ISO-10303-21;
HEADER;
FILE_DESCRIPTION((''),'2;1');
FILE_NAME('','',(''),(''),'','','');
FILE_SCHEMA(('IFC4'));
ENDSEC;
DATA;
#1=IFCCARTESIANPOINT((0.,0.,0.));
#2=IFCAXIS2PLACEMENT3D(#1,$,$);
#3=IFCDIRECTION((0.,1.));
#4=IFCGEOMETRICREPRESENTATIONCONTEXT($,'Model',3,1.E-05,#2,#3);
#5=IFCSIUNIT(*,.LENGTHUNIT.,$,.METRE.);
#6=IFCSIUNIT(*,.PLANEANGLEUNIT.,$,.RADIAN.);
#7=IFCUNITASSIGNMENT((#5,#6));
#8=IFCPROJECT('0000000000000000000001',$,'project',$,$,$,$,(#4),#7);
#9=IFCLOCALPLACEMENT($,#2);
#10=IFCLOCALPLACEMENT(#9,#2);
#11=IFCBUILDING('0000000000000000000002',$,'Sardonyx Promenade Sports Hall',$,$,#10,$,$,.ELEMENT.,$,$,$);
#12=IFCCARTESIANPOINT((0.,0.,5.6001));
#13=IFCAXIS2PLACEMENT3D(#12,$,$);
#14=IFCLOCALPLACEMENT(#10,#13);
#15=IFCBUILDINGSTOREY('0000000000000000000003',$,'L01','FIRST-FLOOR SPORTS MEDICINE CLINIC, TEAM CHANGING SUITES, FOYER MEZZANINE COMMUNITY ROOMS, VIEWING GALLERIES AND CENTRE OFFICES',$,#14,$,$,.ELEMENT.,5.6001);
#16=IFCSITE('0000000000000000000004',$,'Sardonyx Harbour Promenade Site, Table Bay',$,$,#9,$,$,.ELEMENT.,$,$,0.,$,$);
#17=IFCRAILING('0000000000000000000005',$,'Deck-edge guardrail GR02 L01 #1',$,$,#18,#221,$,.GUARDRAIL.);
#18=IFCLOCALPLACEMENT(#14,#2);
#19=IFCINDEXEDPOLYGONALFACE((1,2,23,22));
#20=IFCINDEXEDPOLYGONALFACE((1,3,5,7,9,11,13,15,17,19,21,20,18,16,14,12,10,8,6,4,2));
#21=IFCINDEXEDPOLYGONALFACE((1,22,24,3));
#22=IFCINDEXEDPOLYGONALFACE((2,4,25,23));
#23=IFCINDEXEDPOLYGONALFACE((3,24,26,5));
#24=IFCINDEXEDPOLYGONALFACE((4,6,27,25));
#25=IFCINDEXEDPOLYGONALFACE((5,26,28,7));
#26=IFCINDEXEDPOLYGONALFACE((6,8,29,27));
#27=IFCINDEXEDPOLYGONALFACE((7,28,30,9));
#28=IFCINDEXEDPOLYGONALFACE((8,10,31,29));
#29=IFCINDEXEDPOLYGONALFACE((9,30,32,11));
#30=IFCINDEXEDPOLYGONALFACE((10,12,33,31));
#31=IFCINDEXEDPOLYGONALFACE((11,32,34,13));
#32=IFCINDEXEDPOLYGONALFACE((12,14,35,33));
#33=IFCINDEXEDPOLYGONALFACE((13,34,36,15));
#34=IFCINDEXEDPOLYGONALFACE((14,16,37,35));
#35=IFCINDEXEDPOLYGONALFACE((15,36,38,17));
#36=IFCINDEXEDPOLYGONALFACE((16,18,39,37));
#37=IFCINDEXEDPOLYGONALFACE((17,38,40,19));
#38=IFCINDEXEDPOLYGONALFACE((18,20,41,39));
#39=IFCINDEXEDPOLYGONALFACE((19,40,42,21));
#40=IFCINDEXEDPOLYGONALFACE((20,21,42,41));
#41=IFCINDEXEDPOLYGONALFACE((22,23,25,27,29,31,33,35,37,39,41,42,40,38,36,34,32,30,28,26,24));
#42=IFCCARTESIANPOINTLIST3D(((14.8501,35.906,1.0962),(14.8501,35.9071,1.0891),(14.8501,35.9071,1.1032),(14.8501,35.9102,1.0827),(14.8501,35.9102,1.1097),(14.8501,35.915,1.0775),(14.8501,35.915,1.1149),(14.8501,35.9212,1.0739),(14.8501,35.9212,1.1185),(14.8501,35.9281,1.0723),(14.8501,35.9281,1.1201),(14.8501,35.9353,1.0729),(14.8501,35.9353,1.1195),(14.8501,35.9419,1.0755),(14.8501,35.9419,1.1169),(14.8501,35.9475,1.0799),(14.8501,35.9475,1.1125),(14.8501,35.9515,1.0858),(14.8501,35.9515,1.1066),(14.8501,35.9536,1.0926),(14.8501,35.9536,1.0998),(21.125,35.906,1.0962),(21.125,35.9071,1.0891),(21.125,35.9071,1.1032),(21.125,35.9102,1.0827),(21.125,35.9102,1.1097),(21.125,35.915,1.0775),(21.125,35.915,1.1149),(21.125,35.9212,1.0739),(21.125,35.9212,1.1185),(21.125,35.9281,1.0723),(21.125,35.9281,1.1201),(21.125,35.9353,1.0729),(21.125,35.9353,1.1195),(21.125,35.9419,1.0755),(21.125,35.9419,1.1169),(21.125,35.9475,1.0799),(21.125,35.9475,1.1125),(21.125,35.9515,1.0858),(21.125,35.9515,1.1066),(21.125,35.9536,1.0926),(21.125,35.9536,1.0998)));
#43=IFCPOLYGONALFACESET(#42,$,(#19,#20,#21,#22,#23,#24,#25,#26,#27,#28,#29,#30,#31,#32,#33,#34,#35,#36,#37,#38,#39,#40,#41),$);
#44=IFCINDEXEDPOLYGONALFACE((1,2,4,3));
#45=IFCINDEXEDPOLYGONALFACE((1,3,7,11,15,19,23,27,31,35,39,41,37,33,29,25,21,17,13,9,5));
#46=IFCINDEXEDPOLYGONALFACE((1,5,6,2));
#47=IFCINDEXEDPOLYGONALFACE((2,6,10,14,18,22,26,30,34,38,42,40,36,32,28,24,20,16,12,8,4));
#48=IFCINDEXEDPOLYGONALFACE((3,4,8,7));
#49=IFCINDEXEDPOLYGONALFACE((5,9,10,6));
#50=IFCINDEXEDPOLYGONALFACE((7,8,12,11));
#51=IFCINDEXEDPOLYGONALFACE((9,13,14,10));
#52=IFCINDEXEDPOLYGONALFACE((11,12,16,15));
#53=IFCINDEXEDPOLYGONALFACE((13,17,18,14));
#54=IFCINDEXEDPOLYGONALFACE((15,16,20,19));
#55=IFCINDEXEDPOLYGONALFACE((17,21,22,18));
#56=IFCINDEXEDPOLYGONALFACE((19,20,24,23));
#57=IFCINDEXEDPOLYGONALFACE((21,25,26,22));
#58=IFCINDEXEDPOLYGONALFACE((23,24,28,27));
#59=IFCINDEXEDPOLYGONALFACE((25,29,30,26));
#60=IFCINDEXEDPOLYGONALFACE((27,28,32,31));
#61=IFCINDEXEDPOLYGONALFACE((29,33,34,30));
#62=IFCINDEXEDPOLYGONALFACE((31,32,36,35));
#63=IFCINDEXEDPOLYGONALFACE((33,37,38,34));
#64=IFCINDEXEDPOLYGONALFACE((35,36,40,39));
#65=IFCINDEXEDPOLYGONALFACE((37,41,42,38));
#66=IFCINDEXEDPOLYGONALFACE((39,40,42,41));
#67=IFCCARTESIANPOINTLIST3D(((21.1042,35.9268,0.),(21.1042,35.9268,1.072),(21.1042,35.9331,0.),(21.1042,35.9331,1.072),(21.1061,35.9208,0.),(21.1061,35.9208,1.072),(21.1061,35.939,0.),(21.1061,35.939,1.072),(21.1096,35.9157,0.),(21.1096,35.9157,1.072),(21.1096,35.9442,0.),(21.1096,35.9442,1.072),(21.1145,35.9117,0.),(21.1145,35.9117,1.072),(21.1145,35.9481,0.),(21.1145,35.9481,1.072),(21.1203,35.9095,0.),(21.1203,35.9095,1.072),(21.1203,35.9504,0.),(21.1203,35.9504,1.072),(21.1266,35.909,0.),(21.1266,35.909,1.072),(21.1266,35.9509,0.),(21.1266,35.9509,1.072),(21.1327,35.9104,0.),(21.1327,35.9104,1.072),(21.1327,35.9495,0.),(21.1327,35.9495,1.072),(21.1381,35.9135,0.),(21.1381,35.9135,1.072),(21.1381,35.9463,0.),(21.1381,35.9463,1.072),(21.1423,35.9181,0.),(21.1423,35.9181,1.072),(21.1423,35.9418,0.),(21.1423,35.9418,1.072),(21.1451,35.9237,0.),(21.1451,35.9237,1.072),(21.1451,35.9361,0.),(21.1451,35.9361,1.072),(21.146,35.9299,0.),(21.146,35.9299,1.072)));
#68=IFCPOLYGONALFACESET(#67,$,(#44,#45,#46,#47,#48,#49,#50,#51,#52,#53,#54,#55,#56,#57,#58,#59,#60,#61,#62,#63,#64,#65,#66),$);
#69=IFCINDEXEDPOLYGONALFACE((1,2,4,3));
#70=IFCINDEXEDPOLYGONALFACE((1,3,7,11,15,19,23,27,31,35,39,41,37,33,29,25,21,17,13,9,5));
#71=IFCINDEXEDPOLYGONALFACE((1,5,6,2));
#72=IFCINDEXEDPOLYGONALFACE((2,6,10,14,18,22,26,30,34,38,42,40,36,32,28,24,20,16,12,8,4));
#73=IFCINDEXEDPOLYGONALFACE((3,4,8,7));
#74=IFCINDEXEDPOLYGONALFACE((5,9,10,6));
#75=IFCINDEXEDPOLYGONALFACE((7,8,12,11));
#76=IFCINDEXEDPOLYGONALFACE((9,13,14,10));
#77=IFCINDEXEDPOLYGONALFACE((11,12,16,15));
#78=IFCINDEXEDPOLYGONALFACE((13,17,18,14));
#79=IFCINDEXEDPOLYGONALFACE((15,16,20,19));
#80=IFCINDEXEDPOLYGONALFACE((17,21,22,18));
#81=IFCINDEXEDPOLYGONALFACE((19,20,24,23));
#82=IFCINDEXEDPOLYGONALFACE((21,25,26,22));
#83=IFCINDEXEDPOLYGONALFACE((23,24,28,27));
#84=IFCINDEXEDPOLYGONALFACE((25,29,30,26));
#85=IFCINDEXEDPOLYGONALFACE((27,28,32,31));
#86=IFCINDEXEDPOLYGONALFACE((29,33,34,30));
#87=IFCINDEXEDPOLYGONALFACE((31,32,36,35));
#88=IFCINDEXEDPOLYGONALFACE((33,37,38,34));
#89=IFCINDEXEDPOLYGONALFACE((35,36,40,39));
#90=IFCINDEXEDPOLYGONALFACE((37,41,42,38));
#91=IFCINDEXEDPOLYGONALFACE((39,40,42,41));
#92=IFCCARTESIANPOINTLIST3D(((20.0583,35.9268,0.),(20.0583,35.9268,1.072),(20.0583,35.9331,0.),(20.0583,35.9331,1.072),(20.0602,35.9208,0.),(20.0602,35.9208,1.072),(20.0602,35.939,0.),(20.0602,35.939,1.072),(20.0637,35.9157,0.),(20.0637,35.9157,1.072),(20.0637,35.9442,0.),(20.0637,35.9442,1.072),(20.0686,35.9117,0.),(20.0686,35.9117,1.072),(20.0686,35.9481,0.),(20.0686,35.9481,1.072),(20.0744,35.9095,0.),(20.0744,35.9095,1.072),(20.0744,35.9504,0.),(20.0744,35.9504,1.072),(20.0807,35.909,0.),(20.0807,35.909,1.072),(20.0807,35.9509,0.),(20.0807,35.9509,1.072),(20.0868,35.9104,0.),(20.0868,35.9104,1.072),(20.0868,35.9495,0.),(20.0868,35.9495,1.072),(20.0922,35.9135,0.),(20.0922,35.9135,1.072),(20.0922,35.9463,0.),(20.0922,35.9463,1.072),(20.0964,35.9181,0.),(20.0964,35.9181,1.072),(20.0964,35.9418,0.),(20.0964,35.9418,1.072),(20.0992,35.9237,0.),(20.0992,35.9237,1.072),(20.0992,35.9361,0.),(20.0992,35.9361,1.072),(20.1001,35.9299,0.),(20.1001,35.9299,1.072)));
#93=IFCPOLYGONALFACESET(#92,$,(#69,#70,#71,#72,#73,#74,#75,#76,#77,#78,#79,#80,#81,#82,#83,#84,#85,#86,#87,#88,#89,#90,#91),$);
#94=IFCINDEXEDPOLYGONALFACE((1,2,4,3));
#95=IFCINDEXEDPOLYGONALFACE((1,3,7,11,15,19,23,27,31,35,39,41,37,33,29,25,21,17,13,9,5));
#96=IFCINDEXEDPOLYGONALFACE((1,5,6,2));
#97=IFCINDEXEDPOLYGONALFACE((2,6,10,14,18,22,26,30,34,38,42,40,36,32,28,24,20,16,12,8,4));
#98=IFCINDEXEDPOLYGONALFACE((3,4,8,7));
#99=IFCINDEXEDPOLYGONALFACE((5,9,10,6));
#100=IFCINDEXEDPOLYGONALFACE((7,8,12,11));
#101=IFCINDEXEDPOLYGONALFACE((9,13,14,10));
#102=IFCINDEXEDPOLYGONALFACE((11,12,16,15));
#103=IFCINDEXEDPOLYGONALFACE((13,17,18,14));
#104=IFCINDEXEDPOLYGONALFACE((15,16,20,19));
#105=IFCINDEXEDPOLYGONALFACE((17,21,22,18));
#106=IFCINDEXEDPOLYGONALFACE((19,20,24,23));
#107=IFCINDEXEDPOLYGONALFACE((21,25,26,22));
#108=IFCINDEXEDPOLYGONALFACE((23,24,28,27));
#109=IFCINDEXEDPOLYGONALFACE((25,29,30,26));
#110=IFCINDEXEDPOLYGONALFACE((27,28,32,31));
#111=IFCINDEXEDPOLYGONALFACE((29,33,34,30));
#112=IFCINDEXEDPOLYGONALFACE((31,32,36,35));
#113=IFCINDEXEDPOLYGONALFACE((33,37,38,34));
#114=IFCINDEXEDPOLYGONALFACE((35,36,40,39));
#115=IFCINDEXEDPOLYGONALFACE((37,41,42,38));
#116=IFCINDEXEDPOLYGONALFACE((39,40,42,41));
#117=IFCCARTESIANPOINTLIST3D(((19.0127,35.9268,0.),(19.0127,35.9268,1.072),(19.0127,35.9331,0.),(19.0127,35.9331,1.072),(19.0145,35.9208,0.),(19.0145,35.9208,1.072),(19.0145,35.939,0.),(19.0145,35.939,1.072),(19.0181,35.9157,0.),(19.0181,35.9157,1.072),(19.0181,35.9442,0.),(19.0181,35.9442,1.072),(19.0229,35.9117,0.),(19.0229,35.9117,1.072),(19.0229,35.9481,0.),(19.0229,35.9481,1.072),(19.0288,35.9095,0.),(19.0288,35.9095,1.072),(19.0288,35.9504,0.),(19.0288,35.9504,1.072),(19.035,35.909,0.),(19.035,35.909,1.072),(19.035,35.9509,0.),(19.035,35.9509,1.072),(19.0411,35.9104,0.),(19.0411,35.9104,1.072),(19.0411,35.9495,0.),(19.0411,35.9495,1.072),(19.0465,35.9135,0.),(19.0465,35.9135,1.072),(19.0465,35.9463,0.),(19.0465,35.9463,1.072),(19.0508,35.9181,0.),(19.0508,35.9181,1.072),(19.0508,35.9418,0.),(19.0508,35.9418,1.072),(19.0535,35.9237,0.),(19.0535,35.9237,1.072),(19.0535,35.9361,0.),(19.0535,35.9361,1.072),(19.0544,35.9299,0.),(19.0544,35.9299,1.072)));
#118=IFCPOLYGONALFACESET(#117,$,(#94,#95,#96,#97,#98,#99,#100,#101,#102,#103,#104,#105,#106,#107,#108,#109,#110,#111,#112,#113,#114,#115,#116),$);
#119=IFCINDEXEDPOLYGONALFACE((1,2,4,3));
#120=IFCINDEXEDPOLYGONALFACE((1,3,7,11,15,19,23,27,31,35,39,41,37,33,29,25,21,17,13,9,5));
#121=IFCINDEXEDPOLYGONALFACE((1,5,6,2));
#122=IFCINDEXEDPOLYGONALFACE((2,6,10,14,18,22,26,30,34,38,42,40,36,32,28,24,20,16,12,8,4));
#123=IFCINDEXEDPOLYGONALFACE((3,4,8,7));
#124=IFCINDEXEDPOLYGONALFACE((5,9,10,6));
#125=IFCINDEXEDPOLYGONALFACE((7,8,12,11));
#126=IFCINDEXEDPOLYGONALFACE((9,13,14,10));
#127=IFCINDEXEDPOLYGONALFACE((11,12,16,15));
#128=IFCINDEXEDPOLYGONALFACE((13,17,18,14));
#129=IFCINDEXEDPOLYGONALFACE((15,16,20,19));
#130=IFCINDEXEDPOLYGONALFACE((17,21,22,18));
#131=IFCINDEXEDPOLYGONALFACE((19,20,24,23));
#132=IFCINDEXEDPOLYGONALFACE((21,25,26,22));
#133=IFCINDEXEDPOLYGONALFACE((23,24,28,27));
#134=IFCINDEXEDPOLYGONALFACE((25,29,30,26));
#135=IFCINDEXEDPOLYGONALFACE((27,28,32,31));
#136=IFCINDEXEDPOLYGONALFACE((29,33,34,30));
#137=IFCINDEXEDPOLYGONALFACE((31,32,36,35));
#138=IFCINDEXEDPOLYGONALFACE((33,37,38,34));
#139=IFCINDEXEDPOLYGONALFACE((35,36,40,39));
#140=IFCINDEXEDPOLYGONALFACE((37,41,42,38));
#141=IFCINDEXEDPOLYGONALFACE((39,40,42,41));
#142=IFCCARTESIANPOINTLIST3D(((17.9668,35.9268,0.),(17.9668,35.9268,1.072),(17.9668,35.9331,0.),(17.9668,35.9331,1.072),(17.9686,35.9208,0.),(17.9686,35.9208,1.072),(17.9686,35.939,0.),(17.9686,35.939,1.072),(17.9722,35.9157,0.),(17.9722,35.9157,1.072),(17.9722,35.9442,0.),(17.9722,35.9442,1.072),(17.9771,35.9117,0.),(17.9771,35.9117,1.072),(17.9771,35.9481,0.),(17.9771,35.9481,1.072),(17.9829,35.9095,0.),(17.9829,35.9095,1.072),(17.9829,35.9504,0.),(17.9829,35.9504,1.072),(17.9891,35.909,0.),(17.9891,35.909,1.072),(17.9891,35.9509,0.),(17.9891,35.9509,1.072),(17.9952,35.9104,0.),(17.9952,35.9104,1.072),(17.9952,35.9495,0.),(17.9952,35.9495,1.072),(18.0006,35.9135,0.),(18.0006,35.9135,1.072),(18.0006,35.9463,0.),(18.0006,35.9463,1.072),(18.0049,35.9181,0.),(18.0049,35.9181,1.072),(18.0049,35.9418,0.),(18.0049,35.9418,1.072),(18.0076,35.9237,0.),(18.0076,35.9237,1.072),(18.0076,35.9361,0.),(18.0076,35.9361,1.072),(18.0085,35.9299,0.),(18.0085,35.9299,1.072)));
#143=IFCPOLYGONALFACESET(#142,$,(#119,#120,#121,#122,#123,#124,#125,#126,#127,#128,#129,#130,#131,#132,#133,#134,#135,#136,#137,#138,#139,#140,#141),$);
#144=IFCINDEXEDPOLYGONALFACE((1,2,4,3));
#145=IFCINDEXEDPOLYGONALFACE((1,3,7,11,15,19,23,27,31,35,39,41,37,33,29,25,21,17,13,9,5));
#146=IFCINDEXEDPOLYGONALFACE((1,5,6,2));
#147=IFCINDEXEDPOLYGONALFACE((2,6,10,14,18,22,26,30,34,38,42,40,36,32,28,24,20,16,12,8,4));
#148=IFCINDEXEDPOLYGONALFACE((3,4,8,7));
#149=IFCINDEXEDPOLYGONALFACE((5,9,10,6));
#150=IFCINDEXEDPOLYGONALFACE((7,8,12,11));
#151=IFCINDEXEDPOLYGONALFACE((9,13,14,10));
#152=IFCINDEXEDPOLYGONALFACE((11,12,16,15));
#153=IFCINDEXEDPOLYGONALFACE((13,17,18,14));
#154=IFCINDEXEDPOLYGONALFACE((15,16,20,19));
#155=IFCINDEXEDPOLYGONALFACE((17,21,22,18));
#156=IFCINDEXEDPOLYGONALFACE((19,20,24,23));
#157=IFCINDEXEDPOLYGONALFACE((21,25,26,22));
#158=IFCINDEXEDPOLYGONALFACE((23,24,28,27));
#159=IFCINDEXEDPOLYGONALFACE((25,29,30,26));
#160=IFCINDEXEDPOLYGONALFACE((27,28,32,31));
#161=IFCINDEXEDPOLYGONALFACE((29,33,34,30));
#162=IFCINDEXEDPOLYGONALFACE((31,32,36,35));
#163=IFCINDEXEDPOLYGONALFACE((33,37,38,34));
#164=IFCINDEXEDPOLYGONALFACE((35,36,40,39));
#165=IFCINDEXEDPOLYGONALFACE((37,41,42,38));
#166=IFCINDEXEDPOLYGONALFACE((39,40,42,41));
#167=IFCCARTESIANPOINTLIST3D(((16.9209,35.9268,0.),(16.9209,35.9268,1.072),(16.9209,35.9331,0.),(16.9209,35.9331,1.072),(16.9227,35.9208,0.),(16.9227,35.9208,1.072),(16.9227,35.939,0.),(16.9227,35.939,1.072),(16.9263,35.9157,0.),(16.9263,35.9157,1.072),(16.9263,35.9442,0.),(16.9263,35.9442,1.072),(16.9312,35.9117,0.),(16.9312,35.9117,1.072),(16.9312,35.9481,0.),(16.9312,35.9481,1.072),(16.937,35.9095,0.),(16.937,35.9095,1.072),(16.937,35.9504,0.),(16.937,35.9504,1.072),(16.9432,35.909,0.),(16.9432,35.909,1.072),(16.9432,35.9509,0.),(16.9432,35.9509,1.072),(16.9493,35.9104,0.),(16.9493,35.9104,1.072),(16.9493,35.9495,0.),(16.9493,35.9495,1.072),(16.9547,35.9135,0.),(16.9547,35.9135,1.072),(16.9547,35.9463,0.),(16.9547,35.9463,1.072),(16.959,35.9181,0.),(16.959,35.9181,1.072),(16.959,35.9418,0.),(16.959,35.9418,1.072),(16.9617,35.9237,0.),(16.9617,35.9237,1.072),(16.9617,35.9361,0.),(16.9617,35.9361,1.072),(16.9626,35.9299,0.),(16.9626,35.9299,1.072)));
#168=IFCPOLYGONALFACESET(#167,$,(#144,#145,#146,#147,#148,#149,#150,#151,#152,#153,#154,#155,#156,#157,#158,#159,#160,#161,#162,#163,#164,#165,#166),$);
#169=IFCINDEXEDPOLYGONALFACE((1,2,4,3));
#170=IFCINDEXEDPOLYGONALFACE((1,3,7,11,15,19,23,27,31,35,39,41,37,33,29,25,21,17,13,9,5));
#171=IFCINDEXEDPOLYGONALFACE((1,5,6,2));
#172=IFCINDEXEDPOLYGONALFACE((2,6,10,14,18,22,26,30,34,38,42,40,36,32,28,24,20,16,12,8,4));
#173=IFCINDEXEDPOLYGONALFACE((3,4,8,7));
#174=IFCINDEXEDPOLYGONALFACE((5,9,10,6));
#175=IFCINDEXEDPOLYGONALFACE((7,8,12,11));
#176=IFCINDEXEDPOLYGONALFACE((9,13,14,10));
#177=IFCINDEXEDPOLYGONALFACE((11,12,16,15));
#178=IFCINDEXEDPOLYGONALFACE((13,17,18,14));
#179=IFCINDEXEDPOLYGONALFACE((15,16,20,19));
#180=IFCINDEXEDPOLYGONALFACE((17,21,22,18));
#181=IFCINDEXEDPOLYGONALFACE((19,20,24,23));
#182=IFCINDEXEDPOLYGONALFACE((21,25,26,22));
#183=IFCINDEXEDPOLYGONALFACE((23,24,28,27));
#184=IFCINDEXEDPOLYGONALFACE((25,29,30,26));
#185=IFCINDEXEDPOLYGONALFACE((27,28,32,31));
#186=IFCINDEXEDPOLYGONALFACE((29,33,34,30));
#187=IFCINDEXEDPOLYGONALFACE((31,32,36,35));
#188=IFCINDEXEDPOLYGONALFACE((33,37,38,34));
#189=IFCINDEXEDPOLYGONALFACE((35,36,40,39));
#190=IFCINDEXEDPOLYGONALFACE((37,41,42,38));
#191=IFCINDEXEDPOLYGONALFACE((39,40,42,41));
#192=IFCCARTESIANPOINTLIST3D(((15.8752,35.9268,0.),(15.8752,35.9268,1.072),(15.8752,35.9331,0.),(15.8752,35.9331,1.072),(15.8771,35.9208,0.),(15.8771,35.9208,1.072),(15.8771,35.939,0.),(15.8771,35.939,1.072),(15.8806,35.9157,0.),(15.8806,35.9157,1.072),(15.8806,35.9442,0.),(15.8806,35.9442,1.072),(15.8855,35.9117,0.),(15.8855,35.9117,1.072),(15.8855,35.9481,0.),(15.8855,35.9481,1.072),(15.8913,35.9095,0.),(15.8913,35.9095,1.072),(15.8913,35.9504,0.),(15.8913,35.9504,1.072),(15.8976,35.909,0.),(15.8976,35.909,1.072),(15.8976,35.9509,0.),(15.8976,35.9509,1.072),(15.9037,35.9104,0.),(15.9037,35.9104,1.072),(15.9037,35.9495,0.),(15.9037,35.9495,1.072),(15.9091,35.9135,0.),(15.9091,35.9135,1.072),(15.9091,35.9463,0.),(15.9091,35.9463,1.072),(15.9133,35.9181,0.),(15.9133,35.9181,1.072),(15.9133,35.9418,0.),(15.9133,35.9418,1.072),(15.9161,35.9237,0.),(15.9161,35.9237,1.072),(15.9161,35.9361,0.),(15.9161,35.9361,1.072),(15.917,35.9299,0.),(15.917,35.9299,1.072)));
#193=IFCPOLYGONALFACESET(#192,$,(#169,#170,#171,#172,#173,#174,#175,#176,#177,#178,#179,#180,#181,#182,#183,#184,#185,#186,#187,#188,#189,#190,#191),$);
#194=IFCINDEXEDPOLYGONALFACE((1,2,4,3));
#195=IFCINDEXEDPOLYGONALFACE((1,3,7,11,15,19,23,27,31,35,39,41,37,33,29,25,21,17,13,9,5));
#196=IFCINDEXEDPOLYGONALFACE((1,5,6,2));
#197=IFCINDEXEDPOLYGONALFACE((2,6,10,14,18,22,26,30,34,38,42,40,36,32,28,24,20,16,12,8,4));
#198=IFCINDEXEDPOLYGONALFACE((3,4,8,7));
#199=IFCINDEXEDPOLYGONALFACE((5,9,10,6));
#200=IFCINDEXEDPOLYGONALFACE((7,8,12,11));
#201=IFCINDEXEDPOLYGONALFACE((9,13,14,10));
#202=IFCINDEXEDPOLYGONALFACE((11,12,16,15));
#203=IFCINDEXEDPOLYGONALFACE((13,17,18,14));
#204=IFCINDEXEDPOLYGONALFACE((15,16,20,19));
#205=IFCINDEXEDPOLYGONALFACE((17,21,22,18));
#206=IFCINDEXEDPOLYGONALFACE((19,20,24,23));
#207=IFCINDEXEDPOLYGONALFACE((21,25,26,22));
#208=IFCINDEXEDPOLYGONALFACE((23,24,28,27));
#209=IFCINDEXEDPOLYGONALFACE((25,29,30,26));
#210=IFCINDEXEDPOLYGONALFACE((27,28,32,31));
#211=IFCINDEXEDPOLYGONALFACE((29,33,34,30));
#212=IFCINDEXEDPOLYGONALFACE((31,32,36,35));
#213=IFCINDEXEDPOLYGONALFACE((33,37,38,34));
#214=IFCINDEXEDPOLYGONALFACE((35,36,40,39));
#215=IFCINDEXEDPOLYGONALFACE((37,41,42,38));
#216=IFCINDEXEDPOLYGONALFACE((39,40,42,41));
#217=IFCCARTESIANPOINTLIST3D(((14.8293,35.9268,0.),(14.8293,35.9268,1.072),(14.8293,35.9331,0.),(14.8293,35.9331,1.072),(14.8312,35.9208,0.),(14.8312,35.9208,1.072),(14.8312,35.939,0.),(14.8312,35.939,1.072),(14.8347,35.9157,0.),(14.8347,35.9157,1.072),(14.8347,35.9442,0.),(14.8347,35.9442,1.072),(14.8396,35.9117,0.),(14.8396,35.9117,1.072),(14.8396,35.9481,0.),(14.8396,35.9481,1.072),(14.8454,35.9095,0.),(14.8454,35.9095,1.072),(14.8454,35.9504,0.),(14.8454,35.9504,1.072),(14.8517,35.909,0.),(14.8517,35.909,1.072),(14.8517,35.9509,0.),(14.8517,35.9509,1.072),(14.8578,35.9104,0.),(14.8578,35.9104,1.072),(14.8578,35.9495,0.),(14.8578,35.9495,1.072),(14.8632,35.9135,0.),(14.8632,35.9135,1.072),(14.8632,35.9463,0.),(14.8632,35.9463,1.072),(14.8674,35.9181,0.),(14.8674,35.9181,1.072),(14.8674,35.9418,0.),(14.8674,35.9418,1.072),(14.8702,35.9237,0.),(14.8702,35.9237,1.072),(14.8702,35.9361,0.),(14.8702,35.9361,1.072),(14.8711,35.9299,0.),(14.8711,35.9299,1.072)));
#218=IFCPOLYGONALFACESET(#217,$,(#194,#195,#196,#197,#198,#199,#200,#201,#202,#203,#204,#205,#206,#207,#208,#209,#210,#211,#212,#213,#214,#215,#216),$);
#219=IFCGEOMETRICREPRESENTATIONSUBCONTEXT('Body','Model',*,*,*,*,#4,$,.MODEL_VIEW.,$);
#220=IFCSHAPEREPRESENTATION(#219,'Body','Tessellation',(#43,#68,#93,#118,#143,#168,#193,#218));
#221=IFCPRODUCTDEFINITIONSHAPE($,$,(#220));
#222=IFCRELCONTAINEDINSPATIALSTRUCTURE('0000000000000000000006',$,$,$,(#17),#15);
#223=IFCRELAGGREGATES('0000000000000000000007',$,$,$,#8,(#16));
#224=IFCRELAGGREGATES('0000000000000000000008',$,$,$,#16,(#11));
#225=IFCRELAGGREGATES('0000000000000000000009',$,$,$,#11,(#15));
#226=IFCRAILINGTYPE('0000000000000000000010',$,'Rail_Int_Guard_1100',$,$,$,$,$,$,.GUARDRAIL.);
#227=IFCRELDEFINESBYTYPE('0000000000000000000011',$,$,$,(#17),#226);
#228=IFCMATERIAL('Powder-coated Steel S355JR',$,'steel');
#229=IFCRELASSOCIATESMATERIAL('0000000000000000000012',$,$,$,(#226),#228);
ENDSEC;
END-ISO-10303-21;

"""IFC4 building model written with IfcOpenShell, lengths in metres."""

from ifc_helpers import new_model, si_unit, direction, frame, origin, origin_2d, place, context, subcontext, project, spatial, circle, extrude, material, type_object, element, save


model = new_model("IFC4")

# Units and contexts
model_context = context("Model", 3, precision=1e-05, world=origin(), true_north=direction((0.0, 1.0)))
body_context = subcontext(model_context, "Body", "Model", "MODEL_VIEW")
ifc_project = project(units=[si_unit("LENGTHUNIT", "METRE"), si_unit("PLANEANGLEUNIT", "RADIAN")], contexts=[model_context])

# Site, building, storey
site_placement = place(None, origin())
site = spatial("IfcSite", under=ifc_project, at=site_placement, Name="Sardonyx Harbour Promenade Site, Table Bay", CompositionType="ELEMENT", RefElevation=0.0)
building_placement = place(site_placement, origin())
building = spatial("IfcBuilding", under=site, at=building_placement, Name="Sardonyx Promenade Sports Hall", CompositionType="ELEMENT")
storey_placement = place(building_placement, frame((0.0, 0.0, 5.6001)))
storey = spatial("IfcBuildingStorey", under=building, at=storey_placement, Name="L01", Description="FIRST-FLOOR SPORTS MEDICINE CLINIC, TEAM CHANGING SUITES, FOYER MEZZANINE COMMUNITY ROOMS, VIEWING GALLERIES AND CENTRE OFFICES", CompositionType="ELEMENT", Elevation=5.6001)

# Railing
ifc_material_1 = material(Name="Powder-coated Steel S355JR", Category="steel")
railing_type = type_object("IfcRailingType", Name="Rail_Int_Guard_1100", PredefinedType="GUARDRAIL", material=ifc_material_1)
railing_1_placement = place(storey_placement, frame((21.125, 35.9299, 0.0)))
element("IfcRailing", 1, at=railing_1_placement, inside=storey, type_object=railing_type, Name="Deck-edge guardrail GR02 L01 #1", PredefinedType="GUARDRAIL", context=body_context, shape_type="SweptSolid", body=[
    extrude(circle(Radius=0.0239, at=origin_2d()), frame((0.0, 0.0, 1.0962), z_axis=(-1.0, 0.0, 0.0), x_axis=(0.0, -1.0, 0.0)), (0.0, 0.0, 1.0), 6.2749),
    extrude(circle(Radius=0.021, at=origin_2d()), origin(), (0.0, 0.0, 1.0), 1.072),
    extrude(circle(Radius=0.021, at=origin_2d()), frame((-1.0459, 0.0, 0.0)), (0.0, 0.0, 1.0), 1.072),
    extrude(circle(Radius=0.021, at=origin_2d()), frame((-2.0916, 0.0, 0.0)), (0.0, 0.0, 1.0), 1.072),
    extrude(circle(Radius=0.021, at=origin_2d()), frame((-3.1375, 0.0, 0.0)), (0.0, 0.0, 1.0), 1.072),
    extrude(circle(Radius=0.021, at=origin_2d()), frame((-4.1833, 0.0, 0.0)), (0.0, 0.0, 1.0), 1.072),
    extrude(circle(Radius=0.021, at=origin_2d()), frame((-5.229, 0.0, 0.0)), (0.0, 0.0, 1.0), 1.072),
    extrude(circle(Radius=0.021, at=origin_2d()), frame((-6.2749, 0.0, 0.0)), (0.0, 0.0, 1.0), 1.072),
])

save(model, "model.ifc")
